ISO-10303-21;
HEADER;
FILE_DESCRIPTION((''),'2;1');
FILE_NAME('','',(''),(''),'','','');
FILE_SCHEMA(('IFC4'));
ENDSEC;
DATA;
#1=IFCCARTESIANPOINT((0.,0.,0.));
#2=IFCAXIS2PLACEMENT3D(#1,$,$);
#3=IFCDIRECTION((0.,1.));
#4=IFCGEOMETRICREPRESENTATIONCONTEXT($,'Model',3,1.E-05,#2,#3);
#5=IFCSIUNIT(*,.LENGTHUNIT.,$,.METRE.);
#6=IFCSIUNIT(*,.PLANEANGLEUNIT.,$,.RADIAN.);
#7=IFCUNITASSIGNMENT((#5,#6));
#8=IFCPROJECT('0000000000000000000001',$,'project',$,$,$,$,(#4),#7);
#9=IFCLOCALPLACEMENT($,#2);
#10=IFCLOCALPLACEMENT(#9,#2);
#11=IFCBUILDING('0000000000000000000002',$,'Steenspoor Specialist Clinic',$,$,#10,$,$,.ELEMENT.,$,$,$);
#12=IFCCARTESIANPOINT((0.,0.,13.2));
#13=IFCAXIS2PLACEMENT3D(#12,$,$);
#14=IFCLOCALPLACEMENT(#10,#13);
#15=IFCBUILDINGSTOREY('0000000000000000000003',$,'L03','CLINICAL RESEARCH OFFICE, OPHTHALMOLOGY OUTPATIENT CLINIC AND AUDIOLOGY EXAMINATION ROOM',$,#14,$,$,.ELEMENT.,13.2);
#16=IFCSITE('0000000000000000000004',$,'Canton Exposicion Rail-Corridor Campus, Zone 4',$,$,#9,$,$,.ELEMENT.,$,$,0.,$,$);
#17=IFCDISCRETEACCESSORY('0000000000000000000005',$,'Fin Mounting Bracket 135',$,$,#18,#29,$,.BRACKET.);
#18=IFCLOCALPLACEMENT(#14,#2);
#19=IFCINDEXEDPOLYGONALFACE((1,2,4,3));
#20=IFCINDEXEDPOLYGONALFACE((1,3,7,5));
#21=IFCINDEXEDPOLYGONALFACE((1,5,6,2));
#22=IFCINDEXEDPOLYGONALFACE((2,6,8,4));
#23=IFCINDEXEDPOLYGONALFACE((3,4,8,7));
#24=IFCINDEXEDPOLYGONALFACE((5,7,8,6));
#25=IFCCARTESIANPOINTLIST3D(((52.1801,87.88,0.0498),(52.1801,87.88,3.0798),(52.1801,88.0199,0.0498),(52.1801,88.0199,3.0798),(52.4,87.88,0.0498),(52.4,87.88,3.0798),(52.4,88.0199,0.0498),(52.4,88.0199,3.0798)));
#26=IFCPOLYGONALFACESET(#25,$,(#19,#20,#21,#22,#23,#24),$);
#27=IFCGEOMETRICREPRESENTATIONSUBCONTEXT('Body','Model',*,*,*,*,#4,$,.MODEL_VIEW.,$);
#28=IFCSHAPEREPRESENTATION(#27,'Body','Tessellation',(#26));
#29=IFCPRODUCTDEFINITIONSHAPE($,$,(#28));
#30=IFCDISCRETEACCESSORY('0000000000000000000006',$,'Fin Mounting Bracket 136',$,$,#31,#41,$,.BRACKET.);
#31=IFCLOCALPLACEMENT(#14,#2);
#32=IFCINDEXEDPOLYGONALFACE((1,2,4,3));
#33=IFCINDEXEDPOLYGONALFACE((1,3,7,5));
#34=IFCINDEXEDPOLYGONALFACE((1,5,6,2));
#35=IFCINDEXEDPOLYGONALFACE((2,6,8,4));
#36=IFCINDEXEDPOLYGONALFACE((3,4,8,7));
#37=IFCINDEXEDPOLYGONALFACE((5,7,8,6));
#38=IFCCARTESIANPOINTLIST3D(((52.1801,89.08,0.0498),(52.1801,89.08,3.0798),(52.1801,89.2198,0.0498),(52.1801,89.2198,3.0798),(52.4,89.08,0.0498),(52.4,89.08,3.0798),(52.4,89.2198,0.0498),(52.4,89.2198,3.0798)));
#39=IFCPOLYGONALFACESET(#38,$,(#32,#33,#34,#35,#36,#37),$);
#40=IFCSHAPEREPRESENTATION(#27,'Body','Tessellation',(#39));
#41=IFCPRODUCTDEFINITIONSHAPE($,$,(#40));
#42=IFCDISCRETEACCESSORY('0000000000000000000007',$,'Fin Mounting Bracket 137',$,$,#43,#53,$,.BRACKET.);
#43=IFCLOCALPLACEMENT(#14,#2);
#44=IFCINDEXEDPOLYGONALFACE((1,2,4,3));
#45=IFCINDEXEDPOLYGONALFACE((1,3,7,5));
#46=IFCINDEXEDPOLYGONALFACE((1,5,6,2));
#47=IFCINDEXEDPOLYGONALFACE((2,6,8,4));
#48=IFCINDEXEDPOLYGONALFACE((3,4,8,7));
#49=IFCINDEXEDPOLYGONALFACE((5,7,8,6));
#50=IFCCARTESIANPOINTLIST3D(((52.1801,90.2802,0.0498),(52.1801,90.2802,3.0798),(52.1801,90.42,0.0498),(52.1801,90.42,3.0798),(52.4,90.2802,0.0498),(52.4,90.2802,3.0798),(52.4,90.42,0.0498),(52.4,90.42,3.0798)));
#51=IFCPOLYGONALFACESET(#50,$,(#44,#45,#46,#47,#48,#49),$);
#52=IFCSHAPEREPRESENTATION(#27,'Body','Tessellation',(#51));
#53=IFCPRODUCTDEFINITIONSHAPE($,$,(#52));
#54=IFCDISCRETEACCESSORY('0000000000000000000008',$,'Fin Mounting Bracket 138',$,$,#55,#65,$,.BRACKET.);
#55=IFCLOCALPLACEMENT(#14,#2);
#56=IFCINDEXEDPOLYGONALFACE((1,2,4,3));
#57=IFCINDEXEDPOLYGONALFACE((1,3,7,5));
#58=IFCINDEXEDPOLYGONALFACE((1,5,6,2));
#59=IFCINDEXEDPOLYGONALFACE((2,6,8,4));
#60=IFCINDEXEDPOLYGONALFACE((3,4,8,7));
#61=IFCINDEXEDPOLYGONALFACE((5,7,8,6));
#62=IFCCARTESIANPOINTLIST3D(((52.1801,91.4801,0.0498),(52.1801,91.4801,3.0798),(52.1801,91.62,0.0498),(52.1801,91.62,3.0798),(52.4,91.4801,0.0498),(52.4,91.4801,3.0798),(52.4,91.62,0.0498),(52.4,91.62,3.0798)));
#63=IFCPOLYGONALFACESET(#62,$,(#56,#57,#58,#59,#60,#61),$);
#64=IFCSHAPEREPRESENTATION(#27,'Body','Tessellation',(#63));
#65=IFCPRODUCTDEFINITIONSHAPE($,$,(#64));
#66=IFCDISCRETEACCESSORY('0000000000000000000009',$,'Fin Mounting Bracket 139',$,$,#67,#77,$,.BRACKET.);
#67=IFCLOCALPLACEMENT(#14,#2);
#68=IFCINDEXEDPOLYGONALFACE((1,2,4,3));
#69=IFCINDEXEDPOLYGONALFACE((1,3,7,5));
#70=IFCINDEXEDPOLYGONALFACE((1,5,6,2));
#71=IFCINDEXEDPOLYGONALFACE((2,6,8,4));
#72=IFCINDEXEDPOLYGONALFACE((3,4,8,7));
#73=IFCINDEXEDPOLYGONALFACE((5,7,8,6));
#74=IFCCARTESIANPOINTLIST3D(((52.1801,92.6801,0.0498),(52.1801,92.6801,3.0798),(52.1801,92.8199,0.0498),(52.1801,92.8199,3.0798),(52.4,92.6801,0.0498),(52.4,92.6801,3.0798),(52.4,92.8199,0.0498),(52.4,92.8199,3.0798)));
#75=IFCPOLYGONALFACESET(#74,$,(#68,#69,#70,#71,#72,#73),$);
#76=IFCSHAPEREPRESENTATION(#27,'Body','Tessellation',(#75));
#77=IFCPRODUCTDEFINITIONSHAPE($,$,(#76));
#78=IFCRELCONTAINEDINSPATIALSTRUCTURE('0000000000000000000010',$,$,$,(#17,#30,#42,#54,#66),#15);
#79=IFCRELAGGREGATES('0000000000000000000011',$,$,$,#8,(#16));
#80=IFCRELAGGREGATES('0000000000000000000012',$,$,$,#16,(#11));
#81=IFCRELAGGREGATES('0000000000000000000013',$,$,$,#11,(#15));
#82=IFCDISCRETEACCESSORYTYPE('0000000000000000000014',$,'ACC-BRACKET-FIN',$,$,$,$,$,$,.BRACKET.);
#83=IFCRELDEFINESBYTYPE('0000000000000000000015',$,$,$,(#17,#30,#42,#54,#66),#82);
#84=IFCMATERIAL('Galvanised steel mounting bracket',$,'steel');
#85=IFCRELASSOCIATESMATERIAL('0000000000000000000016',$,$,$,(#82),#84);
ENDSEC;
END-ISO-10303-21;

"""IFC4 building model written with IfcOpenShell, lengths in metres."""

from ifc_helpers import new_model, si_unit, direction, frame, origin, origin_2d, place, context, subcontext, project, spatial, rectangle, extrude, material, type_object, element, save


model = new_model("IFC4")

# Units and contexts
model_context = context("Model", 3, precision=1e-05, world=origin(), true_north=direction((0.0, 1.0)))
body_context = subcontext(model_context, "Body", "Model", "MODEL_VIEW")
ifc_project = project(units=[si_unit("LENGTHUNIT", "METRE"), si_unit("PLANEANGLEUNIT", "RADIAN")], contexts=[model_context])

# Site, building, storey
site_placement = place(None, origin())
site = spatial("IfcSite", under=ifc_project, at=site_placement, Name="Canton Exposicion Rail-Corridor Campus, Zone 4", CompositionType="ELEMENT", RefElevation=0.0)
building_placement = place(site_placement, origin())
building = spatial("IfcBuilding", under=site, at=building_placement, Name="Steenspoor Specialist Clinic", CompositionType="ELEMENT")
storey_placement = place(building_placement, frame((0.0, 0.0, 13.2)))
storey = spatial("IfcBuildingStorey", under=building, at=storey_placement, Name="L03", Description="CLINICAL RESEARCH OFFICE, OPHTHALMOLOGY OUTPATIENT CLINIC AND AUDIOLOGY EXAMINATION ROOM", CompositionType="ELEMENT", Elevation=13.2)

# Discrete accessories
ifc_material_1 = material(Name="Galvanised steel mounting bracket", Category="steel")
discrete_accessory_type = type_object("IfcDiscreteAccessoryType", Name="ACC-BRACKET-FIN", PredefinedType="BRACKET", material=ifc_material_1)
for number, where, z_axis, x_axis, name in (
    (1, (52.29, 87.95, 0.0498), (0.0, 0.0, 1.0), (-1.0, 0.0, 0.0), "Fin Mounting Bracket 135"),
    (2, (52.29, 89.1499, 0.0498), (0.0, 0.0, 1.0), (-1.0, 0.0, 0.0), "Fin Mounting Bracket 136"),
    (3, (52.29, 90.3501, 0.0498), (0.0, 0.0, 1.0), (-1.0, 0.0, 0.0), "Fin Mounting Bracket 137"),
    (4, (52.29, 91.55, 0.0498), (0.0, 0.0, 1.0), (-1.0, 0.0, 0.0), "Fin Mounting Bracket 138"),
    (5, (52.29, 92.75, 0.0498), (0.0, 0.0, 1.0), (-1.0, 0.0, 0.0), "Fin Mounting Bracket 139"),
):
    element("IfcDiscreteAccessory", number, at=place(storey_placement, frame(where, z_axis=z_axis, x_axis=x_axis)), inside=storey, type_object=discrete_accessory_type, Name=name, PredefinedType="BRACKET", context=body_context, shape_type="SweptSolid", body=[
        extrude(rectangle(XDim=0.22, YDim=0.1399, at=origin_2d()), origin(), (0.0, 0.0, 1.0), 3.03),
    ])

save(model, "model.ifc")
